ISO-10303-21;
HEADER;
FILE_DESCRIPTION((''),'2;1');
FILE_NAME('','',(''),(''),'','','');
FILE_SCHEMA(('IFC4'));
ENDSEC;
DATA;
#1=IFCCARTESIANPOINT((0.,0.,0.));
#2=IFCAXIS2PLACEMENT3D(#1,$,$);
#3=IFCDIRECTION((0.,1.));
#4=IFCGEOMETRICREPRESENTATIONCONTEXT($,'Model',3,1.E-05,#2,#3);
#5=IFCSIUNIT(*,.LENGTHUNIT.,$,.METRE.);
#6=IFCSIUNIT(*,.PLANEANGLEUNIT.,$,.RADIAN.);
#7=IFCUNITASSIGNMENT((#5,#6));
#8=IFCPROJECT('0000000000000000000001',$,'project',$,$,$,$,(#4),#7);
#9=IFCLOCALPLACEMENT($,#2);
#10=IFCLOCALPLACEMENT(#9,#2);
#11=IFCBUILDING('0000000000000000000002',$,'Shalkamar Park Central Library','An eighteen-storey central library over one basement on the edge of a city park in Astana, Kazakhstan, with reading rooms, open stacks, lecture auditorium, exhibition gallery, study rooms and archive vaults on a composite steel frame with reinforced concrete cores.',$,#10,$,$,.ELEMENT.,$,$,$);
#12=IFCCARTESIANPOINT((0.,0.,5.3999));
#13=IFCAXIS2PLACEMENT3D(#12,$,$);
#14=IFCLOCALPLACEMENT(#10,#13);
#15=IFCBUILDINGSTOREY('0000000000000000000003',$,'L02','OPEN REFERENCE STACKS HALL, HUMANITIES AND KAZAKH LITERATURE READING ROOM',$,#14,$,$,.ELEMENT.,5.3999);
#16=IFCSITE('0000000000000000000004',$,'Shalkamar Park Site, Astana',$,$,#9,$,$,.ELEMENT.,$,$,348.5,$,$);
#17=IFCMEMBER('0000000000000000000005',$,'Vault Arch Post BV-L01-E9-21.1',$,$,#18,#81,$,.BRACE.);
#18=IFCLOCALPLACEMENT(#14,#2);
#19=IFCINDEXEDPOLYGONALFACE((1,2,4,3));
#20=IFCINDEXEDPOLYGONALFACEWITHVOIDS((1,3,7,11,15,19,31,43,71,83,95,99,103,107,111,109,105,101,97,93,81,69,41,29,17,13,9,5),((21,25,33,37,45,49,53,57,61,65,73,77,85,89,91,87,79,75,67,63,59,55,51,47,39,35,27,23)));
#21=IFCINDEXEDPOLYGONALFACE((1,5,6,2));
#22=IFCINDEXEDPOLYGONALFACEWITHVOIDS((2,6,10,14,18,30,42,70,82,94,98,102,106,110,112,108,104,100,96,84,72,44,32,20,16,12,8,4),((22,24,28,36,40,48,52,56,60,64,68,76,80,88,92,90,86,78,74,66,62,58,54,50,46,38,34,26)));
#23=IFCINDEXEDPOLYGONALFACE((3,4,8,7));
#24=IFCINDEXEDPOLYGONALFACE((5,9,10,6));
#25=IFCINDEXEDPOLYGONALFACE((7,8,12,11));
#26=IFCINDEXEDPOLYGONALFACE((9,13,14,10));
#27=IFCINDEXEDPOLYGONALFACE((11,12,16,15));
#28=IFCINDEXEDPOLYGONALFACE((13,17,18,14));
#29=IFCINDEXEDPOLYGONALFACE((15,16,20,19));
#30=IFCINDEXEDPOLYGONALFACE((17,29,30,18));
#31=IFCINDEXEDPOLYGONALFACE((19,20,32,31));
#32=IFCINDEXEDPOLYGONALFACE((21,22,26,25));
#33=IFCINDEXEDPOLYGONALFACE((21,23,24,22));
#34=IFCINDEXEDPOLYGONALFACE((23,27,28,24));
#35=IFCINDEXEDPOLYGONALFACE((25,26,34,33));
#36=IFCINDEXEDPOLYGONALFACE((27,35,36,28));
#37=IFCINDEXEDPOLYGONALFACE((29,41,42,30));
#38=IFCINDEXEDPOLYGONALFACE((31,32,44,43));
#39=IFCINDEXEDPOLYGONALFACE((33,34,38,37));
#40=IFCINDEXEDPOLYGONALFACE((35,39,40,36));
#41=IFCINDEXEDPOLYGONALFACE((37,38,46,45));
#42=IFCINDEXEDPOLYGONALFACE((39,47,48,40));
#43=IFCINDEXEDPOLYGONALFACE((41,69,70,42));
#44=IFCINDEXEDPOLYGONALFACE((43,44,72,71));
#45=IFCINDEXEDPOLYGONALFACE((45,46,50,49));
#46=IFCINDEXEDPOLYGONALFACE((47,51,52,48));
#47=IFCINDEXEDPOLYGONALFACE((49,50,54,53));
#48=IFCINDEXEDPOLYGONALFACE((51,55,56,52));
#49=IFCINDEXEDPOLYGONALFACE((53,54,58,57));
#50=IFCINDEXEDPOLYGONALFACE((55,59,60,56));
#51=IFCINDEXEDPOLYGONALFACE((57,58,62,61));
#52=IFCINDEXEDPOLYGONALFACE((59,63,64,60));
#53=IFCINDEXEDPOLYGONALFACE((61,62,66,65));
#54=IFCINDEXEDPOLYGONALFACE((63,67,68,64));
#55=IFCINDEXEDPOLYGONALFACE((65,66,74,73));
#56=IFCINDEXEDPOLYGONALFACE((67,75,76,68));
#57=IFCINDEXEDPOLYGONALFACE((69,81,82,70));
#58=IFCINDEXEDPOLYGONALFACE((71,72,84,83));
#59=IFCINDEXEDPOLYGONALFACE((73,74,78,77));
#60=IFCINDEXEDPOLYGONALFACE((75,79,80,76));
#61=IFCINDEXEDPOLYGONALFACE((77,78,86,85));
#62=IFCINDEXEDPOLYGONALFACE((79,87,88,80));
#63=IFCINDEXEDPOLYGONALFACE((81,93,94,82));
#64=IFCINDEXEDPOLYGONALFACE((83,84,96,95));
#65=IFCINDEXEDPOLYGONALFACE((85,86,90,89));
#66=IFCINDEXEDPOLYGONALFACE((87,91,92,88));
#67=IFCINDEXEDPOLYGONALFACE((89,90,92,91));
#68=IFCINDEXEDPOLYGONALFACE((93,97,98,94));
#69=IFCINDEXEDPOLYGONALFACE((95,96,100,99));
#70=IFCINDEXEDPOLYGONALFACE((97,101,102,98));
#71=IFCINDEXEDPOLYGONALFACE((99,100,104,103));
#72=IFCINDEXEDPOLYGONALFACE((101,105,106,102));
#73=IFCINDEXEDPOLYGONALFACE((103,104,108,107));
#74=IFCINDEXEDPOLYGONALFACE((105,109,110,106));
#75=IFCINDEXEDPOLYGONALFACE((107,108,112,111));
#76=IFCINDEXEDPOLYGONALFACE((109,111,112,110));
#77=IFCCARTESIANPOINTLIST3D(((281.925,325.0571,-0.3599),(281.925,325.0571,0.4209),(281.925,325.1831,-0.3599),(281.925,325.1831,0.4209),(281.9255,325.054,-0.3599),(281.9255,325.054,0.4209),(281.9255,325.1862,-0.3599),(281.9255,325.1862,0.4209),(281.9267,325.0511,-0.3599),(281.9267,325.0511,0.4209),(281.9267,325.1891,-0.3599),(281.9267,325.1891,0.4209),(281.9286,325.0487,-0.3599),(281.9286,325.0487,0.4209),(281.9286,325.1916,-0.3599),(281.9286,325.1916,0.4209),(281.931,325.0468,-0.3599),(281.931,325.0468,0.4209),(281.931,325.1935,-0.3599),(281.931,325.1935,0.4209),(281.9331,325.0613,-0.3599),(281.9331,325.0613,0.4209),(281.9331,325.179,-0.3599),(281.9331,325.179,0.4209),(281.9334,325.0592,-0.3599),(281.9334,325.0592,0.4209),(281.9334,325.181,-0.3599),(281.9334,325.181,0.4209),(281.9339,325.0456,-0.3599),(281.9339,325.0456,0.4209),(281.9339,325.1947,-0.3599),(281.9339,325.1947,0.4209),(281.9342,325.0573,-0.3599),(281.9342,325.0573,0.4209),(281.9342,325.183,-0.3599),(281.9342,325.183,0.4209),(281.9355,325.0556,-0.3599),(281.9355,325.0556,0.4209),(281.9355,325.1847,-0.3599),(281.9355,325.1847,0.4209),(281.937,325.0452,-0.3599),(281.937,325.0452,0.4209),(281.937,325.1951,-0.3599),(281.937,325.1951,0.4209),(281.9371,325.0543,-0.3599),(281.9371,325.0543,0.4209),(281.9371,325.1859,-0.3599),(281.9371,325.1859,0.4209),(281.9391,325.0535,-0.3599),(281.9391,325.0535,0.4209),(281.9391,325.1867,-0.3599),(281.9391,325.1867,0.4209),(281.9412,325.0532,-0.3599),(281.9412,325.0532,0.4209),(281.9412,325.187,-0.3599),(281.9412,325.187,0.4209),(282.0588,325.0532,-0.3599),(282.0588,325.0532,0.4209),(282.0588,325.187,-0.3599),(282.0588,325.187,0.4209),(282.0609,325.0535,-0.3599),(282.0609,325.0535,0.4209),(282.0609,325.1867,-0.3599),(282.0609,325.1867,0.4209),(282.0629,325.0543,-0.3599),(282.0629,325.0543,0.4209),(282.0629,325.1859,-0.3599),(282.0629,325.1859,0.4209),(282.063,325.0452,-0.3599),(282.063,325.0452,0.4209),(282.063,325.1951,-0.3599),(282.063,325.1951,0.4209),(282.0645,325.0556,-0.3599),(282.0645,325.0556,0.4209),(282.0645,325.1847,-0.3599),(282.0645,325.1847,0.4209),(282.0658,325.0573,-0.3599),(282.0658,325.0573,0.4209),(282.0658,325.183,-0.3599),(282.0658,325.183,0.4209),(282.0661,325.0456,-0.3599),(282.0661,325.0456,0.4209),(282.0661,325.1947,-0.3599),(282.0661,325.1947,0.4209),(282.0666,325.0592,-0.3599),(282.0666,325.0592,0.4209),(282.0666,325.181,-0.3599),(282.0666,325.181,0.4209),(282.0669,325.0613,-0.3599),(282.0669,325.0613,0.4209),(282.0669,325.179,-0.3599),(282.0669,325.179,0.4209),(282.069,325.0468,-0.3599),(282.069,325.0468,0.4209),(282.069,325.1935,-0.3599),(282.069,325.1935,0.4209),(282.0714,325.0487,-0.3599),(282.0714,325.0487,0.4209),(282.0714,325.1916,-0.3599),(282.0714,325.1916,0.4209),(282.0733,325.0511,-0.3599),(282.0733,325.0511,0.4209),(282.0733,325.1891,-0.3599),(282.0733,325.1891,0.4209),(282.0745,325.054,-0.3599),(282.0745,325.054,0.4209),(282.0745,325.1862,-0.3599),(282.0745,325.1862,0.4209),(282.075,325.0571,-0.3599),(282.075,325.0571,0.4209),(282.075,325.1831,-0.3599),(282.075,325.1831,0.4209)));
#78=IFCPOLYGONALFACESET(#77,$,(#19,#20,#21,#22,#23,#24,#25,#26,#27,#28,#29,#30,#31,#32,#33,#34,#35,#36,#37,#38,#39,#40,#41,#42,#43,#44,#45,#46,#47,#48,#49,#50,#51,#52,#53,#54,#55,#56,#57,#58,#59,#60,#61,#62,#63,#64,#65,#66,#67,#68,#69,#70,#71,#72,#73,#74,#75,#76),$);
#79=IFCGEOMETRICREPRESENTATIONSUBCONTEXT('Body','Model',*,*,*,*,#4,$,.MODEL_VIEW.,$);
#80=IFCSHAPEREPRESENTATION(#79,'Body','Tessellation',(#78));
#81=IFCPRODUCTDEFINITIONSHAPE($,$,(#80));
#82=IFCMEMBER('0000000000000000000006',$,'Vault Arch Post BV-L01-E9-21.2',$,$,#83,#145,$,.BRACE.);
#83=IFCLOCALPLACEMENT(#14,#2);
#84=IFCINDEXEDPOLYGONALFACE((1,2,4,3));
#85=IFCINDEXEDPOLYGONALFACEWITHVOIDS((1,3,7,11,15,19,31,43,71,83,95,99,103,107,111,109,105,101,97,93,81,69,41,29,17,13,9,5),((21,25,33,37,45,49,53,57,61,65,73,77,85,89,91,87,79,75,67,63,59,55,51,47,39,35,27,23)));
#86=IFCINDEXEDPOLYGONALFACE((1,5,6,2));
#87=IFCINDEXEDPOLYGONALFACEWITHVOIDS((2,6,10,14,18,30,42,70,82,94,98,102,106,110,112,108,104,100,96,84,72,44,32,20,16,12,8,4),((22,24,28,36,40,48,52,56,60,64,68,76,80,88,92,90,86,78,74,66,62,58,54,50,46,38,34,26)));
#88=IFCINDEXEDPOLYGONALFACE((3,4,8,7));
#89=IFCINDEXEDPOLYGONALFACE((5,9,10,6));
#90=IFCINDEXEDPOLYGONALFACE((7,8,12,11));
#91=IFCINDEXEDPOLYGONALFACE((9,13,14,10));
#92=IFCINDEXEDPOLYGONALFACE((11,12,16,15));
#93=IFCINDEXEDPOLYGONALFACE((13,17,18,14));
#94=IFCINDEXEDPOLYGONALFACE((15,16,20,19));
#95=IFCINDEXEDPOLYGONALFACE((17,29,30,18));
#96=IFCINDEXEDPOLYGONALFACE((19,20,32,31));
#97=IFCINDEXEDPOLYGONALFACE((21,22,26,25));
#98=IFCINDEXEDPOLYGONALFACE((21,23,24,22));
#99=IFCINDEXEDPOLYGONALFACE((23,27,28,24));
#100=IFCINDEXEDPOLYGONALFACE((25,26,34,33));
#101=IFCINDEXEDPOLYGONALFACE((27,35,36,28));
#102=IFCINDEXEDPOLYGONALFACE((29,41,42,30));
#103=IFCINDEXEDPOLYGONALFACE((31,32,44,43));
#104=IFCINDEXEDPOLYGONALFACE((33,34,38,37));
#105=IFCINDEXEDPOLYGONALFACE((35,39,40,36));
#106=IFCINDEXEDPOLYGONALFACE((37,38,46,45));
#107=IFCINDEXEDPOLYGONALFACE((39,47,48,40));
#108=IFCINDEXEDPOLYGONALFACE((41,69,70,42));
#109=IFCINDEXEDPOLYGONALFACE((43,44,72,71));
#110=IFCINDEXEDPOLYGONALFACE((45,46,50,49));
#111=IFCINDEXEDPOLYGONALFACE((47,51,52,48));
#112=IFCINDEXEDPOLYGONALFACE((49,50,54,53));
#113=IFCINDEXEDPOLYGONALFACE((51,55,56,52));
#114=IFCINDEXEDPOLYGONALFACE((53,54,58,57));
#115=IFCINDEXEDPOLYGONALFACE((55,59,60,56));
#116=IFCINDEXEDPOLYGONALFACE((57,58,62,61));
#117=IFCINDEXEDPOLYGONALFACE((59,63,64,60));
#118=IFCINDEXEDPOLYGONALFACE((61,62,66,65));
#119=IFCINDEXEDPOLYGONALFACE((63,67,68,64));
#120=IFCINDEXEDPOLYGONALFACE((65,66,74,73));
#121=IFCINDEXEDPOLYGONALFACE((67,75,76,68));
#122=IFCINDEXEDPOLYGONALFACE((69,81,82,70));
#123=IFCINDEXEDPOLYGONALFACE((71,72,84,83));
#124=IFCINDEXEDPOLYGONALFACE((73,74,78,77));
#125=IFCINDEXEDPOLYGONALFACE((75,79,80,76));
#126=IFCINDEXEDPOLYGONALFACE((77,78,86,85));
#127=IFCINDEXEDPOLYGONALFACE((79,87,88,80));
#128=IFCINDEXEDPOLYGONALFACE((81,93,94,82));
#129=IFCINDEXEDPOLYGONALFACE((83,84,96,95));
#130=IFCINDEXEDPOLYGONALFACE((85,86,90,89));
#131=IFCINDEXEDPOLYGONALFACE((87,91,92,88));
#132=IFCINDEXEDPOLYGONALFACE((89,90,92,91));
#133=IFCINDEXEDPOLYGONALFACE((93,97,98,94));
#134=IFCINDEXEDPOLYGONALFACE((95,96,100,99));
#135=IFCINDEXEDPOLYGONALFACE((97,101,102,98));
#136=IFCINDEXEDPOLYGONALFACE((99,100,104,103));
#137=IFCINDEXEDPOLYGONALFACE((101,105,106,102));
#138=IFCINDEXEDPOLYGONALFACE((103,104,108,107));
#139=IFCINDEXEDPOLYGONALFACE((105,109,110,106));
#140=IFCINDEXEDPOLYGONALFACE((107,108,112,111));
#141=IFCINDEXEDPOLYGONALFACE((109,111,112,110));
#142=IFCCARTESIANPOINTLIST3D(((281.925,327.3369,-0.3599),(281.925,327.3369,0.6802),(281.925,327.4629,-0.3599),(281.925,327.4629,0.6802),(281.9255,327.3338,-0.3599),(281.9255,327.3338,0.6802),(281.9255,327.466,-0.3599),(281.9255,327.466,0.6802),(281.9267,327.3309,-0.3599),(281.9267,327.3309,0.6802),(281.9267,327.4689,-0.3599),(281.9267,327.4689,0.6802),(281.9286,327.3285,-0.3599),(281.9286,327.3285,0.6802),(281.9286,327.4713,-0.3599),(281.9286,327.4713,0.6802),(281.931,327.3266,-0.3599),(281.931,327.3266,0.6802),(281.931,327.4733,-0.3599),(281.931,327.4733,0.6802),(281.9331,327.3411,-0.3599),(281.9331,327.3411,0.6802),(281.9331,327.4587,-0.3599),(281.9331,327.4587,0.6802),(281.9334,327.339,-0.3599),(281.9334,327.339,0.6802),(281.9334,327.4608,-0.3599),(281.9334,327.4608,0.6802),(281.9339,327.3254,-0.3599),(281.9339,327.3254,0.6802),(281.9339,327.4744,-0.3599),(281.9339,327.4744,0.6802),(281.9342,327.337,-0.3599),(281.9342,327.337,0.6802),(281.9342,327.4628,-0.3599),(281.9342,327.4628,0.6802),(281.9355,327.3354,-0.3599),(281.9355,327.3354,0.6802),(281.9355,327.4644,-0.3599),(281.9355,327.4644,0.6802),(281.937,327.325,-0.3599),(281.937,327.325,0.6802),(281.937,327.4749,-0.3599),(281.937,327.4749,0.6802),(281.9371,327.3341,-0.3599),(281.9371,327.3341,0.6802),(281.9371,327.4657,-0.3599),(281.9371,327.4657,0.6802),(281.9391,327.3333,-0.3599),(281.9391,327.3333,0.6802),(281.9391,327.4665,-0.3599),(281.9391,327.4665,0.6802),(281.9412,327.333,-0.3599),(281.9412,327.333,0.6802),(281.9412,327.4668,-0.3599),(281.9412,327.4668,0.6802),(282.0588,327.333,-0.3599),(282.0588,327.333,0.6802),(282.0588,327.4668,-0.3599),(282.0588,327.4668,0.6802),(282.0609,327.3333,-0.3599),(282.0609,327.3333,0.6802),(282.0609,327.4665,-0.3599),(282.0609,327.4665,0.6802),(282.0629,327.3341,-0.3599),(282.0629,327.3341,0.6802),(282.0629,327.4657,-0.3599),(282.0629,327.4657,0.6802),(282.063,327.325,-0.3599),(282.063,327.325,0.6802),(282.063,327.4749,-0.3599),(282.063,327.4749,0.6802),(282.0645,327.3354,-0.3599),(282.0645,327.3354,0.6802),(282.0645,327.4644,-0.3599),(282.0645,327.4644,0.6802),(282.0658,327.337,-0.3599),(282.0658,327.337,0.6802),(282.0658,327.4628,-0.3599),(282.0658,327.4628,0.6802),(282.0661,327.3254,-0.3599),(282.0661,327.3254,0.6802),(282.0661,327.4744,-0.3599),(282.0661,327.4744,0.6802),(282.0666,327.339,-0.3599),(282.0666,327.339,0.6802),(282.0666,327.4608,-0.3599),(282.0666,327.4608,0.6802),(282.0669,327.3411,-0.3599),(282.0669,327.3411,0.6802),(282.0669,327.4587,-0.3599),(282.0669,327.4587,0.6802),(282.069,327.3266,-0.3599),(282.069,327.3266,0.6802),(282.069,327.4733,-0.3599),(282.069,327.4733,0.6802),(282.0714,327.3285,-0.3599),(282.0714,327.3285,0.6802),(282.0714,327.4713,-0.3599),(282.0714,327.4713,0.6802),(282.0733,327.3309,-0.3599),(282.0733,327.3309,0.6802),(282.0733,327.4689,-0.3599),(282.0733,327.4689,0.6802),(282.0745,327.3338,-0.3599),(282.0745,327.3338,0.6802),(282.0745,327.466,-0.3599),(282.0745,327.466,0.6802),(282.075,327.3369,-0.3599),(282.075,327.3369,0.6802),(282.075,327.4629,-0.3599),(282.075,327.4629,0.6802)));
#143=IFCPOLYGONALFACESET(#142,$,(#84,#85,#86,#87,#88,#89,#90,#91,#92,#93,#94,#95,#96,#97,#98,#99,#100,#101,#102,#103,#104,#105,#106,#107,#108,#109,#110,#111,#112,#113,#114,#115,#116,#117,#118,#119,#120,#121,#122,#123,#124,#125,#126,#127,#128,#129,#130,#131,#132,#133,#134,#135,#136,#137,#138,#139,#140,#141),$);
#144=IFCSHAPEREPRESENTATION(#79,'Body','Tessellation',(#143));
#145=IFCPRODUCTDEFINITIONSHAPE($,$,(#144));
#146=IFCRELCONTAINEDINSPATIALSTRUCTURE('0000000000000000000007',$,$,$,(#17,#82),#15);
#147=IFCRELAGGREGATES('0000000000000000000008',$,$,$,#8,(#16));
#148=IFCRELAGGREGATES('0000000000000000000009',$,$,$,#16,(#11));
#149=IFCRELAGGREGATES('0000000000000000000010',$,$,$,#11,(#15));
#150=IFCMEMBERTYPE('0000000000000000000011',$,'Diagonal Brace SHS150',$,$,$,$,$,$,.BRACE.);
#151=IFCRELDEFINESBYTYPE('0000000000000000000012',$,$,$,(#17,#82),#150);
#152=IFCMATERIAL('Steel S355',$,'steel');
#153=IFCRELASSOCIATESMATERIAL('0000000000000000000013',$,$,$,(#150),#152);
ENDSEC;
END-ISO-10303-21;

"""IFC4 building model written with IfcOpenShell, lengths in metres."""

from ifc_helpers import new_model, si_unit, direction, frame, origin, origin_2d, place, context, subcontext, project, spatial, hollow_rectangle, extrude, material, material_profile, profile_set, type_object, element, save


model = new_model("IFC4")

# Units and contexts
model_context = context("Model", 3, precision=1e-05, world=origin(), true_north=direction((0.0, 1.0)))
body_context = subcontext(model_context, "Body", "Model", "MODEL_VIEW")
ifc_project = project(units=[si_unit("LENGTHUNIT", "METRE"), si_unit("PLANEANGLEUNIT", "RADIAN")], contexts=[model_context])

# Site, building, storey
site_placement = place(None, origin())
site = spatial("IfcSite", under=ifc_project, at=site_placement, Name="Shalkamar Park Site, Astana", CompositionType="ELEMENT", RefElevation=348.5)
building_placement = place(site_placement, origin())
building = spatial("IfcBuilding", under=site, at=building_placement, Name="Shalkamar Park Central Library", Description="An eighteen-storey central library over one basement on the edge of a city park in Astana, Kazakhstan, with reading rooms, open stacks, lecture auditorium, exhibition gallery, study rooms and archive vaults on a composite steel frame with reinforced concrete cores.", CompositionType="ELEMENT")
storey_placement = place(building_placement, frame((0.0, 0.0, 5.3999)))
storey = spatial("IfcBuildingStorey", under=building, at=storey_placement, Name="L02", Description="OPEN REFERENCE STACKS HALL, HUMANITIES AND KAZAKH LITERATURE READING ROOM", CompositionType="ELEMENT", Elevation=5.3999)

# Shared definitions
ifc_material_1 = material(Name="Steel S355", Category="steel")

# Members
ifc_material_profile_1 = material_profile(ifc_material_1, hollow_rectangle(XDim=0.1499, YDim=0.1499, WallThickness=0.0081, InnerFilletRadius=0.0081, OuterFilletRadius=0.012, at=origin_2d()), Name="SHS 150x150x8")
ifc_profile_set_1 = profile_set([ifc_material_profile_1], Name="Steel S355")
member_type_1 = type_object("IfcMemberType", Name="Diagonal Brace SHS150", PredefinedType="BRACE", material=ifc_profile_set_1)
member_1_placement = place(storey_placement, frame((282.0, 325.1201, -0.3599), z_axis=(0.0, 0.0, 1.0), x_axis=(1.0, 0.0, 0.0)))
element("IfcMember", 1, at=member_1_placement, inside=storey, type_object=member_type_1, Name="Vault Arch Post BV-L01-E9-21.1", PredefinedType="BRACE", context=body_context, shape_type="SweptSolid", body=[
    extrude(hollow_rectangle(XDim=0.1499, YDim=0.1499, WallThickness=0.0081, InnerFilletRadius=0.0081, OuterFilletRadius=0.012, at=origin_2d()), origin(), (0.0, 0.0, 1.0), 0.7808),
])
member_2_placement = place(storey_placement, frame((282.0, 327.3999, -0.3599), z_axis=(0.0, 0.0, 1.0), x_axis=(1.0, 0.0, 0.0)))
element("IfcMember", 2, at=member_2_placement, inside=storey, type_object=member_type_1, Name="Vault Arch Post BV-L01-E9-21.2", PredefinedType="BRACE", context=body_context, shape_type="SweptSolid", body=[
    extrude(hollow_rectangle(XDim=0.1499, YDim=0.1499, WallThickness=0.0081, InnerFilletRadius=0.0081, OuterFilletRadius=0.012, at=origin_2d()), origin(), (0.0, 0.0, 1.0), 1.04),
])

save(model, "model.ifc")
